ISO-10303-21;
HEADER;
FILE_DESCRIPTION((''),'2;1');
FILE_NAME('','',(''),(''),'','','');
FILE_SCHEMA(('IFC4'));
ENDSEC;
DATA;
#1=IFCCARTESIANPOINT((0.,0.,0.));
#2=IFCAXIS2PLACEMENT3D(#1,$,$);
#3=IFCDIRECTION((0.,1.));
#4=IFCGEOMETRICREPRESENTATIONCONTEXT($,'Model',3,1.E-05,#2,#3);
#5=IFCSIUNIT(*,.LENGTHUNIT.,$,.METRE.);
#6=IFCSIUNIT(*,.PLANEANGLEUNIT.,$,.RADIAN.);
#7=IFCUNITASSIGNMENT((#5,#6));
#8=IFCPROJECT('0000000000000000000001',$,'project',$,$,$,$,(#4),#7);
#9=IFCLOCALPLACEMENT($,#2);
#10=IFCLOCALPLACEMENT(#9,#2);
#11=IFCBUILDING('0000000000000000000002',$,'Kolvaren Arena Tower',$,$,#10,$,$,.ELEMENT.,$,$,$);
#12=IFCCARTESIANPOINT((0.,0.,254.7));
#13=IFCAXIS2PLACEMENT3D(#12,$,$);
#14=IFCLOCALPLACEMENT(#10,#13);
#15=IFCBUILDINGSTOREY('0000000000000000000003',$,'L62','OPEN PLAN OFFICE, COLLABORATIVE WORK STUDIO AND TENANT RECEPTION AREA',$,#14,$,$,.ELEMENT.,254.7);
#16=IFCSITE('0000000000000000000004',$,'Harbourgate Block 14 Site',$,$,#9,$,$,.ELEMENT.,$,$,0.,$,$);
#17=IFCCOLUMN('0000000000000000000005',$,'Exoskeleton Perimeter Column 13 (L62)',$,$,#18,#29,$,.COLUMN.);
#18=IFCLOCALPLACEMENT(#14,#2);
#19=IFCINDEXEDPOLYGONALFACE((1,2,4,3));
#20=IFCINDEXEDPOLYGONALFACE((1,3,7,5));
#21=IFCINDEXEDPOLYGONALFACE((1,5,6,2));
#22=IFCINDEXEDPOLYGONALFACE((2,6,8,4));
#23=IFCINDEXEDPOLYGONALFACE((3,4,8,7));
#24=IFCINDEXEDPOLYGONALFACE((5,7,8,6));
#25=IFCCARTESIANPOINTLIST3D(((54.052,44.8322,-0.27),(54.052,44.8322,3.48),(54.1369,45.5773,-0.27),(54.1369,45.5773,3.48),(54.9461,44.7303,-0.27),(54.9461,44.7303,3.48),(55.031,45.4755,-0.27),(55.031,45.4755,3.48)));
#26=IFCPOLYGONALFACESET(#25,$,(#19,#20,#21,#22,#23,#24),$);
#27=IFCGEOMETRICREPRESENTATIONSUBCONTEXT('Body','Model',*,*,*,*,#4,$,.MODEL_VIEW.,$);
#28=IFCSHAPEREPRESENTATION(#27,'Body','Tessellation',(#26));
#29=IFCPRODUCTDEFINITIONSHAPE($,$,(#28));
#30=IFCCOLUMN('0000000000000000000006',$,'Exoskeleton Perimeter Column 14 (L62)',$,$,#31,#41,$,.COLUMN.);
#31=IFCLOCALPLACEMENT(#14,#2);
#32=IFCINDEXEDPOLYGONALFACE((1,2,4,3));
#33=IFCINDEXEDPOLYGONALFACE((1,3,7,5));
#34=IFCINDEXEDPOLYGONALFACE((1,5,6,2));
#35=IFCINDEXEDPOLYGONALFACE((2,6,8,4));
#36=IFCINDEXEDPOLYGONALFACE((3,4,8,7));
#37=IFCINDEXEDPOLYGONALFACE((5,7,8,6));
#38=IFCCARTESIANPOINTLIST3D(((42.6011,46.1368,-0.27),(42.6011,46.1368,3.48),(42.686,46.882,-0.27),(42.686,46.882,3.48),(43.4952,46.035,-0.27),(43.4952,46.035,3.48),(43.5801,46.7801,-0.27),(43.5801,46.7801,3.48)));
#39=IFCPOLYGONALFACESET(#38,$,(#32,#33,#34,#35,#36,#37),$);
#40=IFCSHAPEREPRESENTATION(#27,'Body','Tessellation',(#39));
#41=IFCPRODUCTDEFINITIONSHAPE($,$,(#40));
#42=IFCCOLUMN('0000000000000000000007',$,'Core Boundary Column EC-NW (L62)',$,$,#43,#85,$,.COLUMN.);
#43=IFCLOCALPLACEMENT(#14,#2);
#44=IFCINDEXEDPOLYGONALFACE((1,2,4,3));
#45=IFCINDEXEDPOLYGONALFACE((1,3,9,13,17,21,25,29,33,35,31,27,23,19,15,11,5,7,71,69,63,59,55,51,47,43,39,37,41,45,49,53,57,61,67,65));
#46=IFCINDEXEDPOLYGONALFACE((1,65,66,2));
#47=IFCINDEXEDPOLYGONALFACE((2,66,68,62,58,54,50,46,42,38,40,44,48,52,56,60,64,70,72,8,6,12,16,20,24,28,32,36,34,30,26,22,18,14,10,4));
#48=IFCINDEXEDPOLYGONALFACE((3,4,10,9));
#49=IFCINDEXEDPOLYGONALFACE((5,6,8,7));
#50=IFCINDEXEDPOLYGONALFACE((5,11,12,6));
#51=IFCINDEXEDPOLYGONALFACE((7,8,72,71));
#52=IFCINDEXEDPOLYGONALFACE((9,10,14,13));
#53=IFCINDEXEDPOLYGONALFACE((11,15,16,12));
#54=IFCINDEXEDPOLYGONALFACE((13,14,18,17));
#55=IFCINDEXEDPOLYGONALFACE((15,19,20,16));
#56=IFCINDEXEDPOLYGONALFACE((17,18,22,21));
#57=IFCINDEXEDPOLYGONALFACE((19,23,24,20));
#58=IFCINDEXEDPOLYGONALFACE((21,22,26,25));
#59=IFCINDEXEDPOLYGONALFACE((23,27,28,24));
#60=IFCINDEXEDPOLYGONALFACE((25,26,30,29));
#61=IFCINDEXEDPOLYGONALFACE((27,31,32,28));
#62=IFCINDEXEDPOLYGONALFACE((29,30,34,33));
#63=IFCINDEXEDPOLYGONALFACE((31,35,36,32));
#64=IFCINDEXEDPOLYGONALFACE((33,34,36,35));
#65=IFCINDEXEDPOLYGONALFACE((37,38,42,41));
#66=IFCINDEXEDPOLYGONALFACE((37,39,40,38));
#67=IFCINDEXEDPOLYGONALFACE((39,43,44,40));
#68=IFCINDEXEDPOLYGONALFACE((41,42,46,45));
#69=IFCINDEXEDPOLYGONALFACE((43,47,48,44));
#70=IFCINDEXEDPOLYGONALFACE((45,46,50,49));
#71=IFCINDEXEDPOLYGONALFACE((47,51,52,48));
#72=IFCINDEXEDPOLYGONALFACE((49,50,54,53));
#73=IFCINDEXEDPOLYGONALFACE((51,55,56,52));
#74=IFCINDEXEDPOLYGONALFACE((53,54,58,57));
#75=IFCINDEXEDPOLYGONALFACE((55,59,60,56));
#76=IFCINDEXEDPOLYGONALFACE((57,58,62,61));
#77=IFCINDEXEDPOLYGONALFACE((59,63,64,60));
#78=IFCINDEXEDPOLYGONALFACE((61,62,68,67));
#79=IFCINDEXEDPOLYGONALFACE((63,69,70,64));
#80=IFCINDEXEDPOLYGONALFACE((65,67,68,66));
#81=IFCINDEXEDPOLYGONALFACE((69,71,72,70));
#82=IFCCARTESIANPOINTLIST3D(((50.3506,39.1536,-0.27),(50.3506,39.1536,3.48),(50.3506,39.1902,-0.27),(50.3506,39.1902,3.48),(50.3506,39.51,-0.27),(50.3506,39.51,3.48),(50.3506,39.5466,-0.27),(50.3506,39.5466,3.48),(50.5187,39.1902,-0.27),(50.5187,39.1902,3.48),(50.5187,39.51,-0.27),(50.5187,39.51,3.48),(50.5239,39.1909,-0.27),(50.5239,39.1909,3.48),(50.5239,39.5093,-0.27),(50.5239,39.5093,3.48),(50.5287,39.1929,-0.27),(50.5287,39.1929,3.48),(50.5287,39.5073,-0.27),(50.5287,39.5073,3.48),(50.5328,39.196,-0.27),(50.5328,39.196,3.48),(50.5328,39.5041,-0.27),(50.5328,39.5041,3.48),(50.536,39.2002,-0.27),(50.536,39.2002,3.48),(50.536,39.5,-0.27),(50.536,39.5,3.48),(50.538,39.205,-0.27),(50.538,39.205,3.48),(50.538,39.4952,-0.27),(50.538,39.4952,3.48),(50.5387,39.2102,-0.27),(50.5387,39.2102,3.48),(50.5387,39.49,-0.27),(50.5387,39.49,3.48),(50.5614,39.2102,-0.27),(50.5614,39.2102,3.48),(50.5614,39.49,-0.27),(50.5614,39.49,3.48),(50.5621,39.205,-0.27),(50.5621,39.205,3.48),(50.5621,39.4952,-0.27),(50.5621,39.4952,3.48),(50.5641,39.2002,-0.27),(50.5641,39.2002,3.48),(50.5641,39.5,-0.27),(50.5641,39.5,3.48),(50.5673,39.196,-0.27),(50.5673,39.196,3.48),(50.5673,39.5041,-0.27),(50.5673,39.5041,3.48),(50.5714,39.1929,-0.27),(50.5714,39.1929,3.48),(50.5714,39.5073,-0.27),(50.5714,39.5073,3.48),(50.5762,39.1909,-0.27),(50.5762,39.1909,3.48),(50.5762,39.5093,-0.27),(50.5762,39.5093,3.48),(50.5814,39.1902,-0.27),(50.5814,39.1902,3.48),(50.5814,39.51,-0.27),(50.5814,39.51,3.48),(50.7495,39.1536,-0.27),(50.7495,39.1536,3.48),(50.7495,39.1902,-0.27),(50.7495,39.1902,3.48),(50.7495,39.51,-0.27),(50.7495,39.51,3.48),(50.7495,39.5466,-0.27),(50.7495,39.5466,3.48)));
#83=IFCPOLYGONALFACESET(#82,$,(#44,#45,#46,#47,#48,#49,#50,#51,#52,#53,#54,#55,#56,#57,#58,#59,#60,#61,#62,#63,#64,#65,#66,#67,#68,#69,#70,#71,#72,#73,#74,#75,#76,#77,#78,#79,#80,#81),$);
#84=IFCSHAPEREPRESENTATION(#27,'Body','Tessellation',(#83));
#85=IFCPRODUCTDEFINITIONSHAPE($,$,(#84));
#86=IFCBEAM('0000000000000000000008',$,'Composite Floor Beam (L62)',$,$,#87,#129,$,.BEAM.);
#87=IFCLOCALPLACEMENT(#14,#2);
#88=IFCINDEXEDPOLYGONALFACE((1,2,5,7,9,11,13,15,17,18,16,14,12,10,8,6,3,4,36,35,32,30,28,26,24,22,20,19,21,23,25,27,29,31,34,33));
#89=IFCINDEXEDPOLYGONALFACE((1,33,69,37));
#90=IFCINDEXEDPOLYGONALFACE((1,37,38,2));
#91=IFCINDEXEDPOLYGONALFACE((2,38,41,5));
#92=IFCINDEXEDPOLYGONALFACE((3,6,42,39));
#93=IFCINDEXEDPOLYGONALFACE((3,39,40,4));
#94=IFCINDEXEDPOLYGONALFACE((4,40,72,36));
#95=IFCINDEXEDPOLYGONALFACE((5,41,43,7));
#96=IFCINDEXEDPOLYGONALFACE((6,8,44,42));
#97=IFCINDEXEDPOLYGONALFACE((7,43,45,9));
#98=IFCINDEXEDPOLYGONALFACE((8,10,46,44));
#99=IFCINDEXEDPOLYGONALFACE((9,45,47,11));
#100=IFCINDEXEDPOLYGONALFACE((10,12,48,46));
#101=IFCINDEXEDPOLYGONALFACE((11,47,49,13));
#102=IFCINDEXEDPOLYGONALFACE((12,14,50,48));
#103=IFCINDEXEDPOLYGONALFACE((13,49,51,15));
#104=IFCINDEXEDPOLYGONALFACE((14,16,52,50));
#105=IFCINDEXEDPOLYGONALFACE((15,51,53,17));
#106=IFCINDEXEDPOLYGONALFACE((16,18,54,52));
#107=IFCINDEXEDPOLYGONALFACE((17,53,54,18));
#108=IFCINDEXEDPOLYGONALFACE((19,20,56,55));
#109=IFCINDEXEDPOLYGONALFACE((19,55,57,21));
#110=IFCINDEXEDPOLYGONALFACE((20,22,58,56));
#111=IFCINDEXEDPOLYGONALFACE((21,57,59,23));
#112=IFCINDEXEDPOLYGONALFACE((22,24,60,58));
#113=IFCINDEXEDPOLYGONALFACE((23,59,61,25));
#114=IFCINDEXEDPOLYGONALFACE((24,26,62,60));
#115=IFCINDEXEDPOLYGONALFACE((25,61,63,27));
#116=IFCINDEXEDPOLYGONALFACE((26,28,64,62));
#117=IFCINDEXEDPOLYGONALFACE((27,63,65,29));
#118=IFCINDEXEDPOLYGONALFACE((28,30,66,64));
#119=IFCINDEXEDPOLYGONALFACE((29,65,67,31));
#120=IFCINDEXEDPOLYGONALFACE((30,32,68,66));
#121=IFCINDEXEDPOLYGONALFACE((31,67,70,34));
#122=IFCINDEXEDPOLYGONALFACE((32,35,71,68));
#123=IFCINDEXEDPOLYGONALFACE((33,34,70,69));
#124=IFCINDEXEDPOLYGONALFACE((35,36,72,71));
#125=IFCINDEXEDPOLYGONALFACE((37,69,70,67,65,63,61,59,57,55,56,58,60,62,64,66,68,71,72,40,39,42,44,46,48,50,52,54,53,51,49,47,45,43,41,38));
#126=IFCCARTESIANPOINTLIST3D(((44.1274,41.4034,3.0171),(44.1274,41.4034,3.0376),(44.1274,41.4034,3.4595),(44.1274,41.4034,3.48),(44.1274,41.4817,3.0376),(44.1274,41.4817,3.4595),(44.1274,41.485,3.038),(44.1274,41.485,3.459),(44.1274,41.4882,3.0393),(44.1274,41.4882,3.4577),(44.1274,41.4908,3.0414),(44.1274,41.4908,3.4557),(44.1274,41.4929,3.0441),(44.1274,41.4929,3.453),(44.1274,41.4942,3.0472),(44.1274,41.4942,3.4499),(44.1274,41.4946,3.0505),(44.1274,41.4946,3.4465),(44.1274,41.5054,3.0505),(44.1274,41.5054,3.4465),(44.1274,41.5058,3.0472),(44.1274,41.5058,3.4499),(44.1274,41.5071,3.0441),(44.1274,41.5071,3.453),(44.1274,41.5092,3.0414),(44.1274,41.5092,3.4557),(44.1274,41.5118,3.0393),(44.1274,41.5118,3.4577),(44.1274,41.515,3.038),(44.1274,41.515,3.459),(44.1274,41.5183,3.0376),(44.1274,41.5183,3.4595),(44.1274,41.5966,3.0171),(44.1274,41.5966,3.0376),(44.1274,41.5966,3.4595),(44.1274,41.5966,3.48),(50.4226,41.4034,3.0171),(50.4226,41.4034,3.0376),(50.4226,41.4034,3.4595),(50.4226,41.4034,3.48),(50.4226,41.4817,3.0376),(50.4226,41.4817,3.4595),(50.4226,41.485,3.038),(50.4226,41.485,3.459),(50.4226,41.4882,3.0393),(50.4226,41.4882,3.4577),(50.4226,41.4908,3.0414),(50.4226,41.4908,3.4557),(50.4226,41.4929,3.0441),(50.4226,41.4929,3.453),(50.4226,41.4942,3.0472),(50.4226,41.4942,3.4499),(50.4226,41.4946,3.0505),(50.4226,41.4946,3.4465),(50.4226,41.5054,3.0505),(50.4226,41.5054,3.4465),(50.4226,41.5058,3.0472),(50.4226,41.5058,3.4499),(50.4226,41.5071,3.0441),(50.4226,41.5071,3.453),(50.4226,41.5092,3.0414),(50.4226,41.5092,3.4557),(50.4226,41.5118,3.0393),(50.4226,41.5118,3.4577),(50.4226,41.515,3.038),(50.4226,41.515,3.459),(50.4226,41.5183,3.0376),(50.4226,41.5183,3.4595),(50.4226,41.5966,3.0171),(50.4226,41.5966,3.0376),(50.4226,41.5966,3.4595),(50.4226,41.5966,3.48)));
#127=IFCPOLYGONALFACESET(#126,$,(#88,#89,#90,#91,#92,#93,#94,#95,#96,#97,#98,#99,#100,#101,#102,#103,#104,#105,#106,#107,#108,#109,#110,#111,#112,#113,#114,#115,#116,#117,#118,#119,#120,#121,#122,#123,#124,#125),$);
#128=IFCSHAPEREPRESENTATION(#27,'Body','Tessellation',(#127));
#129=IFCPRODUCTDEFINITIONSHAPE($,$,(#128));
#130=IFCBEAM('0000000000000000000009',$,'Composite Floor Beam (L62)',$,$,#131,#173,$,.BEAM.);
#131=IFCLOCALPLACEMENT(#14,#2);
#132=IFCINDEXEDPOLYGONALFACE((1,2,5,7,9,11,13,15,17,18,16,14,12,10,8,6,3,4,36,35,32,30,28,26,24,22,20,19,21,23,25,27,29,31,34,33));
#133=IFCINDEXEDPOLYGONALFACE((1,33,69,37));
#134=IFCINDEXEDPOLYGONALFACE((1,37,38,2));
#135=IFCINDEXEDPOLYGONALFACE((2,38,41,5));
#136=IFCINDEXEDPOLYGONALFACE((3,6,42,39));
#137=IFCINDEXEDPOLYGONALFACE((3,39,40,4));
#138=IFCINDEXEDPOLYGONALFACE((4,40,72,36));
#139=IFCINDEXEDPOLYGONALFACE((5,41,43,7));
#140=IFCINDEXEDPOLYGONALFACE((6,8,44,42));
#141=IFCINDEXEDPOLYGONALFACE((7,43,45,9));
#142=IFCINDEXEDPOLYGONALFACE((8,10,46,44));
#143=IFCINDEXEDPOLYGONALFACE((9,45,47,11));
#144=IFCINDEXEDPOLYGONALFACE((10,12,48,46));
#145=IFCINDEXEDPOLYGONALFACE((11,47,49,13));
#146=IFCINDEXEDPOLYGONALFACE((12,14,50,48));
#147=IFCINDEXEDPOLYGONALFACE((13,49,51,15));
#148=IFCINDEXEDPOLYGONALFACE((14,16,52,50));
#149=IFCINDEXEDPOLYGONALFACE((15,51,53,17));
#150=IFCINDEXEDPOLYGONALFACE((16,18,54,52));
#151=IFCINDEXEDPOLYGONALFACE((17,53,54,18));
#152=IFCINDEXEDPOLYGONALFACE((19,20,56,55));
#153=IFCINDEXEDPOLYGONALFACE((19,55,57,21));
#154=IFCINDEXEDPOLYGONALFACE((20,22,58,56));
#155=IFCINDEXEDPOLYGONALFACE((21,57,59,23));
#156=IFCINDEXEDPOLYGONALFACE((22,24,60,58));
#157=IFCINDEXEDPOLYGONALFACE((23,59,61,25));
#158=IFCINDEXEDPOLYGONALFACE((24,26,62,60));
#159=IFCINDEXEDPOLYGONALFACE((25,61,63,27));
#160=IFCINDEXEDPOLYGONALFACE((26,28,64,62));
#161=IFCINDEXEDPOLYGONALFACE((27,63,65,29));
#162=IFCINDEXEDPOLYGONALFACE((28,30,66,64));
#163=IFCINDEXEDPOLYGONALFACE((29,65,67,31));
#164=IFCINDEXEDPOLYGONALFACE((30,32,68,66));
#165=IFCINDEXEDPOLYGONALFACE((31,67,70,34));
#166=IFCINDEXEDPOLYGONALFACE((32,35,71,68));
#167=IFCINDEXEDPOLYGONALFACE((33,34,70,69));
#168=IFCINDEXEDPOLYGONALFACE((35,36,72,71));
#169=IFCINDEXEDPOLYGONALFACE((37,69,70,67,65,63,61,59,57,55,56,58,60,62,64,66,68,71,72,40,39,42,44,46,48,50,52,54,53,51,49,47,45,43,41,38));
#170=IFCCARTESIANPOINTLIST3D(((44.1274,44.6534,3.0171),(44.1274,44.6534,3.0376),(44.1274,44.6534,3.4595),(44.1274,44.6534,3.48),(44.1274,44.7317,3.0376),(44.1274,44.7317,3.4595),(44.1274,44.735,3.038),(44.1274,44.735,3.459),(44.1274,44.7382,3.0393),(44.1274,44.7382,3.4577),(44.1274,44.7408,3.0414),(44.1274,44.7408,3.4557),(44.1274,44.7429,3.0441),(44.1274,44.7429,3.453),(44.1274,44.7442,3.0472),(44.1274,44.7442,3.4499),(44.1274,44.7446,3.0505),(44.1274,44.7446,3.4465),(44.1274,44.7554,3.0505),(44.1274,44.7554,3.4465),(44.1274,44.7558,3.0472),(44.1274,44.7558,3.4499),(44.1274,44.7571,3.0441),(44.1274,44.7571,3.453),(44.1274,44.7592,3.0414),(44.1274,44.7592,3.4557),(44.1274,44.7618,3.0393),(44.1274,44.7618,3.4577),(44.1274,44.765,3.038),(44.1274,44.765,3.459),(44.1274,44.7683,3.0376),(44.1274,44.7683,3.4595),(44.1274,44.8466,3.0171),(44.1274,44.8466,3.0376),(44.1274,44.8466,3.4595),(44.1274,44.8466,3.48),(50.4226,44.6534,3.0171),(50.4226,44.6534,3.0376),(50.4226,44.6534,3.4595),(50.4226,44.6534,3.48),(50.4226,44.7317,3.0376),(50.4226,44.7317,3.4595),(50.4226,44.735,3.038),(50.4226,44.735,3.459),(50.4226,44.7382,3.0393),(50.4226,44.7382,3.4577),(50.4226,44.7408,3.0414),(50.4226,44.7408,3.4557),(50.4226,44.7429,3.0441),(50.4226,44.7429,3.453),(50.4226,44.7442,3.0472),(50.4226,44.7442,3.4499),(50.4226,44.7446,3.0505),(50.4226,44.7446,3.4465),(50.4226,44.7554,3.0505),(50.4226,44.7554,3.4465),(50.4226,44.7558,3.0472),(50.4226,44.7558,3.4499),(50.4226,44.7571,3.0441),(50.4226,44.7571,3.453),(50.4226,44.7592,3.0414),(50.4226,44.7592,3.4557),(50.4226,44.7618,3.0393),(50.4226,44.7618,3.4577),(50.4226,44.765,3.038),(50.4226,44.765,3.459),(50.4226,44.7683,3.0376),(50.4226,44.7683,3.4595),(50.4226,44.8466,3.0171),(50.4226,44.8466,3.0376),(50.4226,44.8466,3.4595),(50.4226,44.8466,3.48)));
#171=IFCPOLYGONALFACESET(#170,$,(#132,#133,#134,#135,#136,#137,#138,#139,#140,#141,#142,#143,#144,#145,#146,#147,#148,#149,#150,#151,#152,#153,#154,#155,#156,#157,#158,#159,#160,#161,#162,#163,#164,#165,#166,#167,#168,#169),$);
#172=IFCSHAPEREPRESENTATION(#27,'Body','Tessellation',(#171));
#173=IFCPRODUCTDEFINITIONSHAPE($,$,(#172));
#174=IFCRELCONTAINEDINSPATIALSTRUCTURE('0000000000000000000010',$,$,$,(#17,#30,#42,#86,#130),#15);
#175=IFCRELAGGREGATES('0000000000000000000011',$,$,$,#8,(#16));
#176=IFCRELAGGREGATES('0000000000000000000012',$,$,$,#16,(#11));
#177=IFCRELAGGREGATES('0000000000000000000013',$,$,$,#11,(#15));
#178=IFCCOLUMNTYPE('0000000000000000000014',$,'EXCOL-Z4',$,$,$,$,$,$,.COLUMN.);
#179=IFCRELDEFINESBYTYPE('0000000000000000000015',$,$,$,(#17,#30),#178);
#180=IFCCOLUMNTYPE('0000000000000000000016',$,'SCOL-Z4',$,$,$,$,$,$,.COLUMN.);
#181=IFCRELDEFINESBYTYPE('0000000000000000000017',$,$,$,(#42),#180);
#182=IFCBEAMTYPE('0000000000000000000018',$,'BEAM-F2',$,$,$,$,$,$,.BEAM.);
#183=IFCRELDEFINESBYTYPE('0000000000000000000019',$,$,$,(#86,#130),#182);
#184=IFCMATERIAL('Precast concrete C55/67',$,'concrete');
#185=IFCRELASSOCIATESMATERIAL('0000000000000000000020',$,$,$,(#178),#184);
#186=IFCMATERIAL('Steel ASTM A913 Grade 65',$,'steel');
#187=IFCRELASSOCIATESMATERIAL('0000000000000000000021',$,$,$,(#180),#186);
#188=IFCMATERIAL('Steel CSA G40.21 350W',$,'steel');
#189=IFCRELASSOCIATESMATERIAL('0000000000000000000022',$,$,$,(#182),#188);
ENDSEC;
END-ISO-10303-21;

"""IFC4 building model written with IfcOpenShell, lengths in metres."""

from ifc_helpers import new_model, si_unit, direction, frame, origin, origin_2d, place, context, subcontext, project, spatial, rectangle, i_section, extrude, material, material_profile, profile_set, type_object, element, save


model = new_model("IFC4")

# Units and contexts
model_context = context("Model", 3, precision=1e-05, world=origin(), true_north=direction((0.0, 1.0)))
body_context = subcontext(model_context, "Body", "Model", "MODEL_VIEW")
ifc_project = project(units=[si_unit("LENGTHUNIT", "METRE"), si_unit("PLANEANGLEUNIT", "RADIAN")], contexts=[model_context])

# Site, building, storey
site_placement = place(None, origin())
site = spatial("IfcSite", under=ifc_project, at=site_placement, Name="Harbourgate Block 14 Site", CompositionType="ELEMENT", RefElevation=0.0)
building_placement = place(site_placement, origin())
building = spatial("IfcBuilding", under=site, at=building_placement, Name="Kolvaren Arena Tower", CompositionType="ELEMENT")
storey_placement = place(building_placement, frame((0.0, 0.0, 254.7)))
storey = spatial("IfcBuildingStorey", under=building, at=storey_placement, Name="L62", Description="OPEN PLAN OFFICE, COLLABORATIVE WORK STUDIO AND TENANT RECEPTION AREA", CompositionType="ELEMENT", Elevation=254.7)

# Columns
ifc_material_1 = material(Name="Precast concrete C55/67", Category="concrete")
ifc_material_profile_1 = material_profile(ifc_material_1, rectangle(XDim=0.8999, YDim=0.75, at=origin_2d()), Name="RC-900x750")
ifc_profile_set_1 = profile_set([ifc_material_profile_1], Name="Precast concrete C55/67")
column_type_1 = type_object("IfcColumnType", Name="EXCOL-Z4", PredefinedType="COLUMN", material=ifc_profile_set_1)
for number, where, z_axis, x_axis, name in (
    (1, (54.5415, 45.1538, -0.27), (0.0, 0.0, 1.0), (0.993572, -0.113203, 0.0), "Exoskeleton Perimeter Column 13 (L62)"),
    (2, (43.0906, 46.4585, -0.27), (0.0, 0.0, 1.0), (0.993572, -0.113203, 0.0), "Exoskeleton Perimeter Column 14 (L62)"),
):
    element("IfcColumn", number, at=place(storey_placement, frame(where, z_axis=z_axis, x_axis=x_axis)), inside=storey, type_object=column_type_1, Name=name, PredefinedType="COLUMN", context=body_context, shape_type="SweptSolid", body=[
        extrude(rectangle(XDim=0.8999, YDim=0.75, at=origin_2d()), origin(), (0.0, 0.0, 1.0), 3.75),
    ])
ifc_material_2 = material(Name="Steel ASTM A913 Grade 65", Category="steel")
ifc_material_profile_2 = material_profile(ifc_material_2, i_section(OverallWidth=0.3989, OverallDepth=0.3931, WebThickness=0.0227, FlangeThickness=0.0366, FilletRadius=0.02, at=origin_2d()), Name="W360x287")
ifc_profile_set_2 = profile_set([ifc_material_profile_2], Name="Steel ASTM A913 Grade 65")
column_type_2 = type_object("IfcColumnType", Name="SCOL-Z4", PredefinedType="COLUMN", material=ifc_profile_set_2)
column_placement = place(storey_placement, frame((50.55, 39.3501, -0.27), z_axis=(0.0, 0.0, 1.0), x_axis=(1.0, 0.0, 0.0)))
element("IfcColumn", 3, at=column_placement, inside=storey, type_object=column_type_2, Name="Core Boundary Column EC-NW (L62)", PredefinedType="COLUMN", context=body_context, shape_type="SweptSolid", body=[
    extrude(i_section(OverallWidth=0.3989, OverallDepth=0.3931, WebThickness=0.0227, FlangeThickness=0.0366, FilletRadius=0.02, at=origin_2d()), origin(), (0.0, 0.0, 1.0), 3.75),
])

# Beams
ifc_material_3 = material(Name="Steel CSA G40.21 350W", Category="steel")
ifc_material_profile_3 = material_profile(ifc_material_3, i_section(OverallWidth=0.1931, OverallDepth=0.4629, WebThickness=0.0107, FlangeThickness=0.0205, FilletRadius=0.0129, at=origin_2d()), Name="W460x113")
ifc_profile_set_3 = profile_set([ifc_material_profile_3], Name="Steel CSA G40.21 350W")
beam_type_1 = type_object("IfcBeamType", Name="BEAM-F2", PredefinedType="BEAM", material=ifc_profile_set_3)
for number, where, z_axis, x_axis, name in (
    (4, (44.1274, 41.5, 3.2485), (1.0, 0.0, 0.0), (0.0, 1.0, 0.0), "Composite Floor Beam (L62)"),
    (5, (44.1274, 44.75, 3.2485), (1.0, 0.0, 0.0), (0.0, 1.0, 0.0), "Composite Floor Beam (L62)"),
):
    element("IfcBeam", number, at=place(storey_placement, frame(where, z_axis=z_axis, x_axis=x_axis)), inside=storey, type_object=beam_type_1, Name=name, PredefinedType="BEAM", context=body_context, shape_type="SweptSolid", body=[
        extrude(i_section(OverallWidth=0.1931, OverallDepth=0.4629, WebThickness=0.0107, FlangeThickness=0.0205, FilletRadius=0.0129, at=origin_2d()), origin(), (0.0, 0.0, 1.0), 6.2952),
    ])

save(model, "model.ifc")
